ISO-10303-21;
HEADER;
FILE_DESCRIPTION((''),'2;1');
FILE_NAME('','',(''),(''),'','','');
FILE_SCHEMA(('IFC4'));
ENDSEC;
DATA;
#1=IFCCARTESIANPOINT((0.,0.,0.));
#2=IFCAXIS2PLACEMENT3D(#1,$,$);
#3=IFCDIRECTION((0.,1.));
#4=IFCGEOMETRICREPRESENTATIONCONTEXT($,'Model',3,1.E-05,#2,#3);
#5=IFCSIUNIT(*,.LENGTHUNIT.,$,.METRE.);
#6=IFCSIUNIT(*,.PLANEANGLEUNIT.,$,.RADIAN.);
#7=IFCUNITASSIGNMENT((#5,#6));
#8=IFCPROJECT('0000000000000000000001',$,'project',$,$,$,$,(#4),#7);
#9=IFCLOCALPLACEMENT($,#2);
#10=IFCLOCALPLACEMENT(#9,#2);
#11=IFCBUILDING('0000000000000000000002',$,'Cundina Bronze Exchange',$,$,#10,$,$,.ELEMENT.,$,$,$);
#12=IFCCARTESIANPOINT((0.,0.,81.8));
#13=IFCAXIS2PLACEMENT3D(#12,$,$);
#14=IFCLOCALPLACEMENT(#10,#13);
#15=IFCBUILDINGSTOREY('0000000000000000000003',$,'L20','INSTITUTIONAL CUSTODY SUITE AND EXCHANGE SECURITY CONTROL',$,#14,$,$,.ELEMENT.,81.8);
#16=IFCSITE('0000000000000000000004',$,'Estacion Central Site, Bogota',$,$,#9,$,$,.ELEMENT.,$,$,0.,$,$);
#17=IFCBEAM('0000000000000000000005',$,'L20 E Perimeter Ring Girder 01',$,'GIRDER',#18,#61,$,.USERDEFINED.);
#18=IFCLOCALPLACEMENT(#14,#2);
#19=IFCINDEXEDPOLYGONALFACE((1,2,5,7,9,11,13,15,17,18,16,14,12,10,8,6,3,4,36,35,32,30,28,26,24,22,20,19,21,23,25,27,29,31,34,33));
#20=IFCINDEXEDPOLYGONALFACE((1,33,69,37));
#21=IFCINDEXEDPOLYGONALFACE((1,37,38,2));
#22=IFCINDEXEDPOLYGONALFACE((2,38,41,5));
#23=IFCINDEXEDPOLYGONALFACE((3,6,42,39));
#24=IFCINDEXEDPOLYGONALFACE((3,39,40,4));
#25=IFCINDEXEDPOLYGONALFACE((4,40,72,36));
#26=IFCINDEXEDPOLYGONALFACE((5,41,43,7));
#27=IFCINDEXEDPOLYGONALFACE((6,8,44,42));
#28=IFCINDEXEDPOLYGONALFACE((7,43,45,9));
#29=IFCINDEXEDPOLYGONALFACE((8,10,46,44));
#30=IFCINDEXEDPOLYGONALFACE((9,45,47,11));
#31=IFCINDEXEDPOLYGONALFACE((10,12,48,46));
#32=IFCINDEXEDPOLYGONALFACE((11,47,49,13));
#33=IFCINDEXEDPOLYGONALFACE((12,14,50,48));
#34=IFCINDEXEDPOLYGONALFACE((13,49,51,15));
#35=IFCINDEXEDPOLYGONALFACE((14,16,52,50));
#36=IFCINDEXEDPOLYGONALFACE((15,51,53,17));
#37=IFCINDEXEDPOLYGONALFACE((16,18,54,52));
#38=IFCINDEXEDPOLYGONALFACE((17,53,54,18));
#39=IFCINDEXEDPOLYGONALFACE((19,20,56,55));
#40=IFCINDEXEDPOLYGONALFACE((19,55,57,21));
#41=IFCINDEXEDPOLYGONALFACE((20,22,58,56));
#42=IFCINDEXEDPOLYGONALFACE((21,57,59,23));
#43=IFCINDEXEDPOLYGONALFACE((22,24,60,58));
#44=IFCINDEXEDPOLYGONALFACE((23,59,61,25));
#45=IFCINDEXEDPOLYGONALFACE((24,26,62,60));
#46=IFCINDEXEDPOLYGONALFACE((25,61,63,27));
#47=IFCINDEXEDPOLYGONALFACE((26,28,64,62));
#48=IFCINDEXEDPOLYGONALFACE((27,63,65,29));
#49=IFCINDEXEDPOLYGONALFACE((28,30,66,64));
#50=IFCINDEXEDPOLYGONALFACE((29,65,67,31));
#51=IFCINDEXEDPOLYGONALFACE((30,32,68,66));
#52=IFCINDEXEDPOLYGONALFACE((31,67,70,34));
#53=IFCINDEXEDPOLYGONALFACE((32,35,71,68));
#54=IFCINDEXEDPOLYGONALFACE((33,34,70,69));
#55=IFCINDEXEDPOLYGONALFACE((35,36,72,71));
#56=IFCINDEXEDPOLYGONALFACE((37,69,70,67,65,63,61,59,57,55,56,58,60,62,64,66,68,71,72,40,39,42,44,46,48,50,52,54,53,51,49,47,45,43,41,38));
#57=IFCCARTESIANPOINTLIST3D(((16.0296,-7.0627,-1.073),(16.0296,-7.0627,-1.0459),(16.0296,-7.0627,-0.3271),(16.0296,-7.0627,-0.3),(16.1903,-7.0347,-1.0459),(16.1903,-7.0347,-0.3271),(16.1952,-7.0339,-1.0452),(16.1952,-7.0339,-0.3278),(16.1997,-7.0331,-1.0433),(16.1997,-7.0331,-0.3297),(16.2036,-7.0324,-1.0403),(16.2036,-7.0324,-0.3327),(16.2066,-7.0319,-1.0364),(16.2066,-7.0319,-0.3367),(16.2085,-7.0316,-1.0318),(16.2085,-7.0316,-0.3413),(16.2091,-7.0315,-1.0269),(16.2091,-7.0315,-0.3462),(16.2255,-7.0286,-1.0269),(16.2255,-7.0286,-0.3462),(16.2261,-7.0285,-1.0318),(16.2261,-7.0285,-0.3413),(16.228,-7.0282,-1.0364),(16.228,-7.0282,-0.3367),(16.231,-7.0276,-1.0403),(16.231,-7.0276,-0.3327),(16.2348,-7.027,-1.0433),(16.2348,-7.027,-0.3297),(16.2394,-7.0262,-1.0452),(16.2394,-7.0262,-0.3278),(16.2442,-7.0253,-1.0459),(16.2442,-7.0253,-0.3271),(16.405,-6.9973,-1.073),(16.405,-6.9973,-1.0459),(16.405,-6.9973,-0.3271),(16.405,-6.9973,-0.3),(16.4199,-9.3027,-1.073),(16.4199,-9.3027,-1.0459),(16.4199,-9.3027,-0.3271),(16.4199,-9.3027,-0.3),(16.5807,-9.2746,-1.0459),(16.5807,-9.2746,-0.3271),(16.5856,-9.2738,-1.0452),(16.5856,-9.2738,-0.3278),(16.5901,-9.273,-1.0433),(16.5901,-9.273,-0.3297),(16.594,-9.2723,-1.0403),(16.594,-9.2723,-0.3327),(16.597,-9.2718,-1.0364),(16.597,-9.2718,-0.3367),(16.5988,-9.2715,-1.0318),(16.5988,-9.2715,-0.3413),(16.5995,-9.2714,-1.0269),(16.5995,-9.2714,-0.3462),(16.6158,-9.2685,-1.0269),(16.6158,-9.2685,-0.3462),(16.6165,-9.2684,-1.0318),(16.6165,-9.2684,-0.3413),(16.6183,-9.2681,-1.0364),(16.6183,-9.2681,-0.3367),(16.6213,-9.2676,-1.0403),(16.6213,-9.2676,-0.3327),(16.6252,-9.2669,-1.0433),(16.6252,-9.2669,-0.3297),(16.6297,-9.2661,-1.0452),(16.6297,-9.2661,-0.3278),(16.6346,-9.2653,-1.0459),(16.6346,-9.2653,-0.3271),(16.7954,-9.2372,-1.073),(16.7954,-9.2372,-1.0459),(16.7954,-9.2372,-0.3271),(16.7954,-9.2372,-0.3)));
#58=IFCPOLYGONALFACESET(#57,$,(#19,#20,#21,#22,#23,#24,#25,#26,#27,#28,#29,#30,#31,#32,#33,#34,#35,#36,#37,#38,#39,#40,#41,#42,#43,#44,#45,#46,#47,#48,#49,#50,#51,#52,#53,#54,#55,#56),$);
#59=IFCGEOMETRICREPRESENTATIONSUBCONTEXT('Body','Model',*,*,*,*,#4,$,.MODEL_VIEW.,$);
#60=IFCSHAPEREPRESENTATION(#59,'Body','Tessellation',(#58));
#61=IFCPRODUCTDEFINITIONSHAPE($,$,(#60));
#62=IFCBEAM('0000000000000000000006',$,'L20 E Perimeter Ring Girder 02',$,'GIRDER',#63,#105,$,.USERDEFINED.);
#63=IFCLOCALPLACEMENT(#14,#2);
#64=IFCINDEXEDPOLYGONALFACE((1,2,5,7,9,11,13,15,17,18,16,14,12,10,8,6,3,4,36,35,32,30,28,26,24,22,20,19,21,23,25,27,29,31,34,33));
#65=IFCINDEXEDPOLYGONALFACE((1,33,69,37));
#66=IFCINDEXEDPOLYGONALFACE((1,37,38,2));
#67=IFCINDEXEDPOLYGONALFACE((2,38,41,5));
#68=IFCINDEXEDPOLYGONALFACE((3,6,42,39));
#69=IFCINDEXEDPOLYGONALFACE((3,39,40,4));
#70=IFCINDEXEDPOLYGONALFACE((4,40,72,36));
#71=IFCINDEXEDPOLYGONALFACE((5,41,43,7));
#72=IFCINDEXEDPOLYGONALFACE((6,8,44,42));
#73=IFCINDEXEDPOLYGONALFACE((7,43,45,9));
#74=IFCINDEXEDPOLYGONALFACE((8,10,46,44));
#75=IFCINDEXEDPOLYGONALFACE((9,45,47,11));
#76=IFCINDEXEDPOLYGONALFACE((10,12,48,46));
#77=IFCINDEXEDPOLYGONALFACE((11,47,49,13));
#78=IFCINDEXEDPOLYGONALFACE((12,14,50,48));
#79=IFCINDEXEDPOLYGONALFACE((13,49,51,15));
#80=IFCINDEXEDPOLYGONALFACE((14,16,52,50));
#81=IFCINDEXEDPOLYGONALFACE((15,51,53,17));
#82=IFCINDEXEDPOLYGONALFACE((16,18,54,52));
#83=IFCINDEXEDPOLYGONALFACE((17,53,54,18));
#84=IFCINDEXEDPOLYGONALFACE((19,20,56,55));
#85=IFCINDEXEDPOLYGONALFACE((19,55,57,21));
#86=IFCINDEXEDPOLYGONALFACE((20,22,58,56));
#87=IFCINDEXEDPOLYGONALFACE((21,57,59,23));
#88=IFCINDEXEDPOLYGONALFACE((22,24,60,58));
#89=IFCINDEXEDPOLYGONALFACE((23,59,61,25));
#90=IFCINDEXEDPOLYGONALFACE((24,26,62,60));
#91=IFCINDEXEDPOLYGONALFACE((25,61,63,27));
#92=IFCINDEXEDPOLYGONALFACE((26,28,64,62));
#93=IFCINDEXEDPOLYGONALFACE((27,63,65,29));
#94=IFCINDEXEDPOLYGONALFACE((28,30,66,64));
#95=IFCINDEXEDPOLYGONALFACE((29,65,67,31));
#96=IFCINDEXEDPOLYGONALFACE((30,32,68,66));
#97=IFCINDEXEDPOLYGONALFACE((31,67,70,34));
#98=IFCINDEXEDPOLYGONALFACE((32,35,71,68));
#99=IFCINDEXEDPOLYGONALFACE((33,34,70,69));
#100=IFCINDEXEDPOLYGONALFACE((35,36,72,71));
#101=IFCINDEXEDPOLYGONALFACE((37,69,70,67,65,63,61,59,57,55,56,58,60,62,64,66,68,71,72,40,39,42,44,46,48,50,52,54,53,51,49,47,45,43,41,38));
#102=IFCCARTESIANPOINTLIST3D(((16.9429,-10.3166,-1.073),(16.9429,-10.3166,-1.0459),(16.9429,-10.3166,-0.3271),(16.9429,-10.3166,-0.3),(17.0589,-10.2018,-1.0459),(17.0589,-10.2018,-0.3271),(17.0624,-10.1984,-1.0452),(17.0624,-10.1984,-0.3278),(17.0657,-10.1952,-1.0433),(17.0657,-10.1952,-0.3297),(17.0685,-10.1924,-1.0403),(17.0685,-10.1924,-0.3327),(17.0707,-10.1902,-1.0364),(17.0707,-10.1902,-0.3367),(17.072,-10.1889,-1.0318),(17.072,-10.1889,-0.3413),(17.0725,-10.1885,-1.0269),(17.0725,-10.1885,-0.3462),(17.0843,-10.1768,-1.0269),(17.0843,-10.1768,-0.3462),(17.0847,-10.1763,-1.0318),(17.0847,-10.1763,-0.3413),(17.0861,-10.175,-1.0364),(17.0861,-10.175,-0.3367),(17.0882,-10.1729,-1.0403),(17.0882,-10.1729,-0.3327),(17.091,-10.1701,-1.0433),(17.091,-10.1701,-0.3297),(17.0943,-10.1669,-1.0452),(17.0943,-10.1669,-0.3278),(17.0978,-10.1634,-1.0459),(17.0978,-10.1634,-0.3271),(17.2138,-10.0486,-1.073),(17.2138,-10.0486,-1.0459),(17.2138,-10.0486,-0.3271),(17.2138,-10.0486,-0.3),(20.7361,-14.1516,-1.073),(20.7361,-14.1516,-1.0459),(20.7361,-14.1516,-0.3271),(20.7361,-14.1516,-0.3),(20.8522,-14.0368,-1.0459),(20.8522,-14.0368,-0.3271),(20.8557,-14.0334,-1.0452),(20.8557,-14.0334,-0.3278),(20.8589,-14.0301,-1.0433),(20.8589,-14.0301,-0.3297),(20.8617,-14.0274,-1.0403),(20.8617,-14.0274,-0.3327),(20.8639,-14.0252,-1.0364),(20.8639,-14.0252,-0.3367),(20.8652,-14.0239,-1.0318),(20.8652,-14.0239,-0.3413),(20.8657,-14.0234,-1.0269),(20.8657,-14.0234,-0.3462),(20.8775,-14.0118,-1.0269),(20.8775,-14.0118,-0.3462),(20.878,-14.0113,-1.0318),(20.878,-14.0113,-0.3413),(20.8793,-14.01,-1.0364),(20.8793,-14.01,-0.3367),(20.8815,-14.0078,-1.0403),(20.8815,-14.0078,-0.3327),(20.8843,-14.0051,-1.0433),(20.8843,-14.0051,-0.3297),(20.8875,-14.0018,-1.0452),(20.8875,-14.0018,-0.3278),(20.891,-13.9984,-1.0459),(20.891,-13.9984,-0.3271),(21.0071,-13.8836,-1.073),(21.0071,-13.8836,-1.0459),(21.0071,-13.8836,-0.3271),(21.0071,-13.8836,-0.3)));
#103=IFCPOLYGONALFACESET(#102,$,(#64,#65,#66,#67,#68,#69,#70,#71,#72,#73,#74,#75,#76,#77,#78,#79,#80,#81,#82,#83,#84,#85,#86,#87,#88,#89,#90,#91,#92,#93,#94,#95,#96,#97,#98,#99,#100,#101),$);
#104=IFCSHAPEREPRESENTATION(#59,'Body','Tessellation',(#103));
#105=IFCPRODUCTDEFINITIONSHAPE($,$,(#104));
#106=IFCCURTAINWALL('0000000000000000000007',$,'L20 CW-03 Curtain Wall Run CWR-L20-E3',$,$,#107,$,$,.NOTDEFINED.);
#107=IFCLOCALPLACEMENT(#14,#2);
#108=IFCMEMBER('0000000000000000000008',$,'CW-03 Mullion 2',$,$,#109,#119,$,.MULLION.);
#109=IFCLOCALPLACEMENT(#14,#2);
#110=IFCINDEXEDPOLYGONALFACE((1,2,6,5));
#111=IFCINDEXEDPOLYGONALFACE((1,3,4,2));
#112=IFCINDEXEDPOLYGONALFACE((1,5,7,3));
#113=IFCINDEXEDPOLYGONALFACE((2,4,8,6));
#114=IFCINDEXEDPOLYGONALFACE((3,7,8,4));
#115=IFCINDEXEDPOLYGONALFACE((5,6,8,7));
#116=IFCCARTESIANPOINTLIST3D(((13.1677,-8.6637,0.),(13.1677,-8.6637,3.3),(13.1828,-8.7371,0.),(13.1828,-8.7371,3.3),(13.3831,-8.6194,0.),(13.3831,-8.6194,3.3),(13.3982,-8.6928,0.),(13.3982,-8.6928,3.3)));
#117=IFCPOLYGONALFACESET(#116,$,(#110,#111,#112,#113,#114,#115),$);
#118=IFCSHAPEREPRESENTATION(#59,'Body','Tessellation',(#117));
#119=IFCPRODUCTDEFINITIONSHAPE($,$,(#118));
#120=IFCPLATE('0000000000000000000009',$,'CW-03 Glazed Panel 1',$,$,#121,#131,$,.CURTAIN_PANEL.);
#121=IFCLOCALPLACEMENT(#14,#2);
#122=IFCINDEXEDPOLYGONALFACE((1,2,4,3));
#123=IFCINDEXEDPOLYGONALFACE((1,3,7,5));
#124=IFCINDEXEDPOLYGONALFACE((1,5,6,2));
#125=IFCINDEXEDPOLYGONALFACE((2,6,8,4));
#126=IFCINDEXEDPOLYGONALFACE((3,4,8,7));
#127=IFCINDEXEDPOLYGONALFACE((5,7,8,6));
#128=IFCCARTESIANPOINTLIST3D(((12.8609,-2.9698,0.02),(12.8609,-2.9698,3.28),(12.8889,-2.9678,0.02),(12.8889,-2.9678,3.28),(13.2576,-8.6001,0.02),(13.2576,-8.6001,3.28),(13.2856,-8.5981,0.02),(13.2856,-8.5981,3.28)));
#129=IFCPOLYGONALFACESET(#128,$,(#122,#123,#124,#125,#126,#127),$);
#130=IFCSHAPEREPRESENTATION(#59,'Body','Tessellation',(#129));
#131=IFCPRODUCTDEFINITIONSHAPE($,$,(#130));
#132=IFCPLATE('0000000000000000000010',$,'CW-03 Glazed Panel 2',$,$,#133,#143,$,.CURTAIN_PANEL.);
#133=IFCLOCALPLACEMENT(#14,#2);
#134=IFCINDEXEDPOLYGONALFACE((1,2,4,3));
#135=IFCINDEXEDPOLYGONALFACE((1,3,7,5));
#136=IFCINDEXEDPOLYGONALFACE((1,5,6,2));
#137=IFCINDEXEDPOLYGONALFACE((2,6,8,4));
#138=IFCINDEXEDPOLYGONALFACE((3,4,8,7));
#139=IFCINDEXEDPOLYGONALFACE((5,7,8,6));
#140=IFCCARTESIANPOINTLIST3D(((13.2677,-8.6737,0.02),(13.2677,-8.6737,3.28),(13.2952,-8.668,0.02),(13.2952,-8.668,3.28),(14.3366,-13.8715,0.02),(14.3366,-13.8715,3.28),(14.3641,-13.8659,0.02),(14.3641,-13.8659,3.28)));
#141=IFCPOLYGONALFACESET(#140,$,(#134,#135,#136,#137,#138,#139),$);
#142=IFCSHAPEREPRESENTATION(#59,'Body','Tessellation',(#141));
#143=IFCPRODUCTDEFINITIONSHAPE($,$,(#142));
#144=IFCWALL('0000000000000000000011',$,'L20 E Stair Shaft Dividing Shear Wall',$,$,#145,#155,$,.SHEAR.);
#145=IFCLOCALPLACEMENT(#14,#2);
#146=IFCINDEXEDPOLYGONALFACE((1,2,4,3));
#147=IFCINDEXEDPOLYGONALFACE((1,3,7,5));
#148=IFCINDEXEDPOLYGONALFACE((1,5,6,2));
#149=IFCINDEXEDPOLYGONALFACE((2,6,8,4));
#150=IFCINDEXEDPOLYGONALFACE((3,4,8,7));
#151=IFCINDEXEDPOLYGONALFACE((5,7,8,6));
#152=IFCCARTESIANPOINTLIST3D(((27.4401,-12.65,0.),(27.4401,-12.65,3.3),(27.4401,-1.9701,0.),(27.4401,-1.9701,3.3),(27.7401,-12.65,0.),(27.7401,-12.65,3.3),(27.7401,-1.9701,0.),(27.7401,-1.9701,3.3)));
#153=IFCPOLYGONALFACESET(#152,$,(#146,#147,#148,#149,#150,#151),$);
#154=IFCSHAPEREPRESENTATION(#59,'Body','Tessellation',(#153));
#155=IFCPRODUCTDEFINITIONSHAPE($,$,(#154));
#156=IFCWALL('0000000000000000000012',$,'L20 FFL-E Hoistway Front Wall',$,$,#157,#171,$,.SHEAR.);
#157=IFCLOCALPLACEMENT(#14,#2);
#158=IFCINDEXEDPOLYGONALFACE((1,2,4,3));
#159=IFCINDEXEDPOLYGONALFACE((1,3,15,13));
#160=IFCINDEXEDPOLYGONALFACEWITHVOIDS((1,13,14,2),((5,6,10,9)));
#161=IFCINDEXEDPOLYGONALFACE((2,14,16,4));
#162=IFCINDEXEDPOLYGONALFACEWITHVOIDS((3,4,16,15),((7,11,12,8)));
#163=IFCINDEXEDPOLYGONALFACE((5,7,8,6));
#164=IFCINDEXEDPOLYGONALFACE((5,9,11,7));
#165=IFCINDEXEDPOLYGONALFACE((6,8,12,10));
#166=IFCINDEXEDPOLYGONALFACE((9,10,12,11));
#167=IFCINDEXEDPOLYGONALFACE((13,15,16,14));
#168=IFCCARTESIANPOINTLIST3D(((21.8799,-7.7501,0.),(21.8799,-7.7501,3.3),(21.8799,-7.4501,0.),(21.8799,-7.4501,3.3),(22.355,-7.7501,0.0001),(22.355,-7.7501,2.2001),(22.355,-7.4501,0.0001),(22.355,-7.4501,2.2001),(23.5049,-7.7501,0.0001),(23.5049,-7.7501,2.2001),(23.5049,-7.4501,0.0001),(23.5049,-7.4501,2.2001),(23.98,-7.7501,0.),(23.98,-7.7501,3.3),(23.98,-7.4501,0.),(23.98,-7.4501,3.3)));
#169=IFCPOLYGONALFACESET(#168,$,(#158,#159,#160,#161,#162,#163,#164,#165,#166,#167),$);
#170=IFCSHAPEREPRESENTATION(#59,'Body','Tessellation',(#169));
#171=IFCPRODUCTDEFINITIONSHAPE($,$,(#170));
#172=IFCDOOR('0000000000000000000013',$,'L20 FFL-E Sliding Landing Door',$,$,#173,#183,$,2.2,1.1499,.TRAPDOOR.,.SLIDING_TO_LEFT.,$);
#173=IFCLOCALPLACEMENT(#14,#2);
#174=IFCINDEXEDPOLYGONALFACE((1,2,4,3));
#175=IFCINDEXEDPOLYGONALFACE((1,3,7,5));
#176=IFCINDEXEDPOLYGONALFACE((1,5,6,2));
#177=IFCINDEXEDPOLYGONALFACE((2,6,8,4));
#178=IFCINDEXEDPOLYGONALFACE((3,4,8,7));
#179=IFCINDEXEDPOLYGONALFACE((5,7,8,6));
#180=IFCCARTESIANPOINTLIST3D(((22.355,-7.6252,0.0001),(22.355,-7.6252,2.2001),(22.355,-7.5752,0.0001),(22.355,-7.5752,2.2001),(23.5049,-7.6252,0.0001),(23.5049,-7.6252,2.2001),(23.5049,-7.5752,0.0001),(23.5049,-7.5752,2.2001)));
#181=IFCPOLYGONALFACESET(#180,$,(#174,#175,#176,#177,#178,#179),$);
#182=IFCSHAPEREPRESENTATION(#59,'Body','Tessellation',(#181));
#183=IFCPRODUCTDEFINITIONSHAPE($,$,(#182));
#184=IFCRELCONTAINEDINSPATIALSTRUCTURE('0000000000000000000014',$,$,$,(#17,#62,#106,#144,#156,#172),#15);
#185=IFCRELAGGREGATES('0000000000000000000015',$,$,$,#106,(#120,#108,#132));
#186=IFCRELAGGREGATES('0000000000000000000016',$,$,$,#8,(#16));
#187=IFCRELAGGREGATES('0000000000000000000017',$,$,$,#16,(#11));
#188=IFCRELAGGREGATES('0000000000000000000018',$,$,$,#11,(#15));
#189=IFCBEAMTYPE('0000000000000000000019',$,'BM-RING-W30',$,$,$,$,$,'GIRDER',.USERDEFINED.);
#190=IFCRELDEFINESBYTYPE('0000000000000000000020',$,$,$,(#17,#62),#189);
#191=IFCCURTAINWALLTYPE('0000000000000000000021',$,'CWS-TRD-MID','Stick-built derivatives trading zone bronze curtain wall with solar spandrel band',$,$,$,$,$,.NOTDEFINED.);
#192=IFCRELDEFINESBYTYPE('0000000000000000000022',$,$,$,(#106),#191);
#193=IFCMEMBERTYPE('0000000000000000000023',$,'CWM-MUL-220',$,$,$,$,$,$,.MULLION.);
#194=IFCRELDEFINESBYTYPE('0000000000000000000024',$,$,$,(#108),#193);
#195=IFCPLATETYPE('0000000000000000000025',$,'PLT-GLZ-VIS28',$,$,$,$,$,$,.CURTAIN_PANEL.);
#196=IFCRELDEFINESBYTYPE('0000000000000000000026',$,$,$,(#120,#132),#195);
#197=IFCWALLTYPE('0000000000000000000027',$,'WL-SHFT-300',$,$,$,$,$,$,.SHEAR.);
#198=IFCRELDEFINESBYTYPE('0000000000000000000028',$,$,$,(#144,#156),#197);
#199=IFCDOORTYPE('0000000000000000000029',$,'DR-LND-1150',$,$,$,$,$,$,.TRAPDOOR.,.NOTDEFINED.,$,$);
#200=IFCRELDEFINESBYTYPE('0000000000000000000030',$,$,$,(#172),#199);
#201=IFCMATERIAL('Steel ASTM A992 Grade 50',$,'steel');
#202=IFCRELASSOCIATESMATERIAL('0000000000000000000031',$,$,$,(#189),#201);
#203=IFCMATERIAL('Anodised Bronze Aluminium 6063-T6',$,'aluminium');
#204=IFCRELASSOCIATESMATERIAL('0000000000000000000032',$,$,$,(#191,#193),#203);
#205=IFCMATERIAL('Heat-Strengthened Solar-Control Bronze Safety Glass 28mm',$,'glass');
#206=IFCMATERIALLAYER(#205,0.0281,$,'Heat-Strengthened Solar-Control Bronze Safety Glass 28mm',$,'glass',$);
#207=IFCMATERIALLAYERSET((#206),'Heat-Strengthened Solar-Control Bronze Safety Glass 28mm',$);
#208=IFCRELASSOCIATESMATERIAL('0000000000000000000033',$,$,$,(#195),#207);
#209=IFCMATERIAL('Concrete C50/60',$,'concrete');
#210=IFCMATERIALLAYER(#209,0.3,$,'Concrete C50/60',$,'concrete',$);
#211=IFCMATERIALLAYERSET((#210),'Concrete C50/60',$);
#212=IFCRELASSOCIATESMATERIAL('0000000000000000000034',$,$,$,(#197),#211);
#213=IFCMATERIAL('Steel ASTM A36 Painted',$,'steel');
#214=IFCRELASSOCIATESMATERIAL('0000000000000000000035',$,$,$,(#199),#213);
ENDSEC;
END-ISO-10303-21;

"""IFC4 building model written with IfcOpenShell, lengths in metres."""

from ifc_helpers import new_model, si_unit, direction, frame, frame_2d, origin, origin_2d, place, context, subcontext, project, spatial, rectangle, i_section, extrude, material, layer, layer_set, material_profile, profile_set, type_object, element, fill, aggregate, save


model = new_model("IFC4")

# Units and contexts
model_context = context("Model", 3, precision=1e-05, world=origin(), true_north=direction((0.0, 1.0)))
body_context = subcontext(model_context, "Body", "Model", "MODEL_VIEW")
ifc_project = project(units=[si_unit("LENGTHUNIT", "METRE"), si_unit("PLANEANGLEUNIT", "RADIAN")], contexts=[model_context])

# Site, building, storey
site_placement = place(None, origin())
site = spatial("IfcSite", under=ifc_project, at=site_placement, Name="Estacion Central Site, Bogota", CompositionType="ELEMENT", RefElevation=0.0)
building_placement = place(site_placement, origin())
building = spatial("IfcBuilding", under=site, at=building_placement, Name="Cundina Bronze Exchange", CompositionType="ELEMENT")
storey_placement = place(building_placement, frame((0.0, 0.0, 81.8)))
storey = spatial("IfcBuildingStorey", under=building, at=storey_placement, Name="L20", Description="INSTITUTIONAL CUSTODY SUITE AND EXCHANGE SECURITY CONTROL", CompositionType="ELEMENT", Elevation=81.8)

# Beams
ifc_material_1 = material(Name="Steel ASTM A992 Grade 50", Category="steel")
ifc_material_profile_1 = material_profile(ifc_material_1, i_section(OverallWidth=0.3811, OverallDepth=0.7729, WebThickness=0.0166, FlangeThickness=0.0271, FilletRadius=0.019, at=origin_2d()), Name="W30X173", Category="steel")
ifc_profile_set_1 = profile_set([ifc_material_profile_1], Name="Steel ASTM A992 Grade 50")
beam_type_1 = type_object("IfcBeamType", Name="BM-RING-W30", ElementType="GIRDER", PredefinedType="USERDEFINED", material=ifc_profile_set_1)
beam_1_placement = place(storey_placement, frame((16.2173, -7.03, -0.6865), z_axis=(0.17169, -0.985151, 0.0), x_axis=(0.985151, 0.17169, 0.0)))
element("IfcBeam", 1, at=beam_1_placement, inside=storey, type_object=beam_type_1, Name="L20 E Perimeter Ring Girder 01", ObjectType="GIRDER", PredefinedType="USERDEFINED", context=body_context, shape_type="SweptSolid", body=[
    extrude(i_section(OverallWidth=0.3811, OverallDepth=0.7729, WebThickness=0.0166, FlangeThickness=0.0271, FilletRadius=0.019, at=origin_2d()), origin(), (0.0, 0.0, 1.0), 2.2737),
])
beam_2_placement = place(storey_placement, frame((17.0784, -10.1826, -0.6865), z_axis=(0.703226, -0.710966, 0.0), x_axis=(0.710966, 0.703226, 0.0)))
element("IfcBeam", 2, at=beam_2_placement, inside=storey, type_object=beam_type_1, Name="L20 E Perimeter Ring Girder 02", ObjectType="GIRDER", PredefinedType="USERDEFINED", context=body_context, shape_type="SweptSolid", body=[
    extrude(i_section(OverallWidth=0.3811, OverallDepth=0.7729, WebThickness=0.0166, FlangeThickness=0.0271, FilletRadius=0.019, at=origin_2d()), origin(), (0.0, 0.0, 1.0), 5.394),
])

# Curtain wall, member, plates
ifc_material_2 = material(Name="Anodised Bronze Aluminium 6063-T6", Category="aluminium")
curtain_wall_type = type_object("IfcCurtainWallType", Name="CWS-TRD-MID", Description="Stick-built derivatives trading zone bronze curtain wall with solar spandrel band", PredefinedType="NOTDEFINED", material=ifc_material_2)
curtain_wall_placement = place(storey_placement, origin())
curtain_wall = element("IfcCurtainWall", 3, at=curtain_wall_placement, inside=storey, type_object=curtain_wall_type, Name="L20 CW-03 Curtain Wall Run CWR-L20-E3", PredefinedType="NOTDEFINED")
ifc_material_profile_2 = material_profile(ifc_material_2, rectangle(XDim=0.075, YDim=0.22, at=origin_2d()), Name="AL75X220", Category="aluminium")
ifc_profile_set_2 = profile_set([ifc_material_profile_2], Name="Anodised Bronze Aluminium 6063-T6")
member_type = type_object("IfcMemberType", Name="CWM-MUL-220", PredefinedType="MULLION", material=ifc_profile_set_2)
member_placement = place(storey_placement, frame((13.283, -8.6782, 0.0), z_axis=(0.0, 0.0, 1.0), x_axis=(0.20142, -0.979505, 0.0)))
member = element("IfcMember", 4, at=member_placement, type_object=member_type, Name="CW-03 Mullion 2", PredefinedType="MULLION", context=body_context, shape_type="SweptSolid", body=[
    extrude(rectangle(XDim=0.075, YDim=0.22, at=origin_2d()), origin(), (0.0, 0.0, 1.0), 3.3),
])
ifc_material_3 = material(Name="Heat-Strengthened Solar-Control Bronze Safety Glass 28mm", Category="glass")
ifc_layer_1 = layer(ifc_material_3, 0.0281, Name="Heat-Strengthened Solar-Control Bronze Safety Glass 28mm", Category="glass")
ifc_layer_set_1 = layer_set([ifc_layer_1], Name="Heat-Strengthened Solar-Control Bronze Safety Glass 28mm")
plate_type = type_object("IfcPlateType", Name="PLT-GLZ-VIS28", PredefinedType="CURTAIN_PANEL", material=ifc_layer_set_1)
plate_1_placement = place(storey_placement, frame((13.0732, -5.7839, 0.02), z_axis=(0.0, 0.0, 1.0), x_axis=(0.070279, -0.997527, 0.0)))
plate_1 = element("IfcPlate", 5, at=plate_1_placement, type_object=plate_type, Name="CW-03 Glazed Panel 1", PredefinedType="CURTAIN_PANEL", context=body_context, shape_type="SweptSolid", body=[
    extrude(rectangle(XDim=5.6443, YDim=0.0281, at=origin_2d()), origin(), (0.0, 0.0, 1.0), 3.26),
])
plate_2_placement = place(storey_placement, frame((13.8159, -11.2698, 0.02), z_axis=(0.0, 0.0, 1.0), x_axis=(0.20142, -0.979505, 0.0)))
plate_2 = element("IfcPlate", 6, at=plate_2_placement, type_object=plate_type, Name="CW-03 Glazed Panel 2", PredefinedType="CURTAIN_PANEL", context=body_context, shape_type="SweptSolid", body=[
    extrude(rectangle(XDim=5.3066, YDim=0.0281, at=origin_2d()), origin(), (0.0, 0.0, 1.0), 3.26),
])
aggregate(curtain_wall, [plate_1, member, plate_2])

# Wall
ifc_material_4 = material(Name="Concrete C50/60", Category="concrete")
ifc_layer_2 = layer(ifc_material_4, 0.3, Name="Concrete C50/60", Category="concrete")
ifc_layer_set_2 = layer_set([ifc_layer_2], Name="Concrete C50/60")
wall_type_1 = type_object("IfcWallType", Name="WL-SHFT-300", PredefinedType="SHEAR", material=ifc_layer_set_2)
wall_1_placement = place(storey_placement, frame((27.5901, -12.6499, 0.0), z_axis=(0.0, 0.0, 1.0), x_axis=(0.0, 1.0, 0.0)))
element("IfcWall", 7, at=wall_1_placement, inside=storey, type_object=wall_type_1, Name="L20 E Stair Shaft Dividing Shear Wall", PredefinedType="SHEAR", context=body_context, shape_type="SweptSolid", body=[
    extrude(rectangle(XDim=10.6799, YDim=0.3, at=frame_2d((5.3398, 0.0))), origin(), (0.0, 0.0, 1.0), 3.3),
])

# Wall, opening, door
ifc_material_5 = material(Name="Steel ASTM A36 Painted", Category="steel")
wall_2_placement = place(storey_placement, frame((21.8799, -7.6001, 0.0), z_axis=(0.0, 0.0, 1.0), x_axis=(1.0, 0.0, 0.0)))
wall_2 = element("IfcWall", 8, at=wall_2_placement, inside=storey, type_object=wall_type_1, Name="L20 FFL-E Hoistway Front Wall", PredefinedType="SHEAR", context=body_context, shape_type="SweptSolid", body=[
    extrude(rectangle(XDim=2.1001, YDim=0.3, at=frame_2d((1.05, 0.0))), origin(), (0.0, 0.0, 1.0), 3.3),
])
opening_1_placement = place(wall_2_placement, frame((0.4751, 0.0, 0.0)))
opening_1 = element("IfcOpeningElement", 9, at=opening_1_placement, cuts=wall_2, PredefinedType="OPENING", context=body_context, shape_type="SweptSolid", body=[
    extrude(rectangle(XDim=1.1499, YDim=2.2, at=frame_2d((0.575, 1.1001))), frame((0.0, 0.1599, 0.0), z_axis=(0.0, -1.0, 0.0), x_axis=(1.0, 0.0, 0.0)), (0.0, 0.0, 1.0), 0.3201),
])
door_type_1 = type_object("IfcDoorType", Name="DR-LND-1150", OperationType="NOTDEFINED", PredefinedType="TRAPDOOR", material=ifc_material_5)
door_1_placement = place(opening_1_placement, origin())
door_1 = element("IfcDoor", 10, at=door_1_placement, inside=storey, type_object=door_type_1, Name="L20 FFL-E Sliding Landing Door", OperationType="SLIDING_TO_LEFT", OverallHeight=2.2, OverallWidth=1.1499, PredefinedType="TRAPDOOR", context=body_context, shape_type="SweptSolid", body=[
    extrude(rectangle(XDim=1.1499, YDim=2.2, at=frame_2d((0.575, 1.1001))), frame((0.0, 0.0249, 0.0), z_axis=(0.0, -1.0, 0.0), x_axis=(1.0, 0.0, 0.0)), (0.0, 0.0, 1.0), 0.05),
])
fill(opening_1, door_1)

save(model, "model.ifc")
